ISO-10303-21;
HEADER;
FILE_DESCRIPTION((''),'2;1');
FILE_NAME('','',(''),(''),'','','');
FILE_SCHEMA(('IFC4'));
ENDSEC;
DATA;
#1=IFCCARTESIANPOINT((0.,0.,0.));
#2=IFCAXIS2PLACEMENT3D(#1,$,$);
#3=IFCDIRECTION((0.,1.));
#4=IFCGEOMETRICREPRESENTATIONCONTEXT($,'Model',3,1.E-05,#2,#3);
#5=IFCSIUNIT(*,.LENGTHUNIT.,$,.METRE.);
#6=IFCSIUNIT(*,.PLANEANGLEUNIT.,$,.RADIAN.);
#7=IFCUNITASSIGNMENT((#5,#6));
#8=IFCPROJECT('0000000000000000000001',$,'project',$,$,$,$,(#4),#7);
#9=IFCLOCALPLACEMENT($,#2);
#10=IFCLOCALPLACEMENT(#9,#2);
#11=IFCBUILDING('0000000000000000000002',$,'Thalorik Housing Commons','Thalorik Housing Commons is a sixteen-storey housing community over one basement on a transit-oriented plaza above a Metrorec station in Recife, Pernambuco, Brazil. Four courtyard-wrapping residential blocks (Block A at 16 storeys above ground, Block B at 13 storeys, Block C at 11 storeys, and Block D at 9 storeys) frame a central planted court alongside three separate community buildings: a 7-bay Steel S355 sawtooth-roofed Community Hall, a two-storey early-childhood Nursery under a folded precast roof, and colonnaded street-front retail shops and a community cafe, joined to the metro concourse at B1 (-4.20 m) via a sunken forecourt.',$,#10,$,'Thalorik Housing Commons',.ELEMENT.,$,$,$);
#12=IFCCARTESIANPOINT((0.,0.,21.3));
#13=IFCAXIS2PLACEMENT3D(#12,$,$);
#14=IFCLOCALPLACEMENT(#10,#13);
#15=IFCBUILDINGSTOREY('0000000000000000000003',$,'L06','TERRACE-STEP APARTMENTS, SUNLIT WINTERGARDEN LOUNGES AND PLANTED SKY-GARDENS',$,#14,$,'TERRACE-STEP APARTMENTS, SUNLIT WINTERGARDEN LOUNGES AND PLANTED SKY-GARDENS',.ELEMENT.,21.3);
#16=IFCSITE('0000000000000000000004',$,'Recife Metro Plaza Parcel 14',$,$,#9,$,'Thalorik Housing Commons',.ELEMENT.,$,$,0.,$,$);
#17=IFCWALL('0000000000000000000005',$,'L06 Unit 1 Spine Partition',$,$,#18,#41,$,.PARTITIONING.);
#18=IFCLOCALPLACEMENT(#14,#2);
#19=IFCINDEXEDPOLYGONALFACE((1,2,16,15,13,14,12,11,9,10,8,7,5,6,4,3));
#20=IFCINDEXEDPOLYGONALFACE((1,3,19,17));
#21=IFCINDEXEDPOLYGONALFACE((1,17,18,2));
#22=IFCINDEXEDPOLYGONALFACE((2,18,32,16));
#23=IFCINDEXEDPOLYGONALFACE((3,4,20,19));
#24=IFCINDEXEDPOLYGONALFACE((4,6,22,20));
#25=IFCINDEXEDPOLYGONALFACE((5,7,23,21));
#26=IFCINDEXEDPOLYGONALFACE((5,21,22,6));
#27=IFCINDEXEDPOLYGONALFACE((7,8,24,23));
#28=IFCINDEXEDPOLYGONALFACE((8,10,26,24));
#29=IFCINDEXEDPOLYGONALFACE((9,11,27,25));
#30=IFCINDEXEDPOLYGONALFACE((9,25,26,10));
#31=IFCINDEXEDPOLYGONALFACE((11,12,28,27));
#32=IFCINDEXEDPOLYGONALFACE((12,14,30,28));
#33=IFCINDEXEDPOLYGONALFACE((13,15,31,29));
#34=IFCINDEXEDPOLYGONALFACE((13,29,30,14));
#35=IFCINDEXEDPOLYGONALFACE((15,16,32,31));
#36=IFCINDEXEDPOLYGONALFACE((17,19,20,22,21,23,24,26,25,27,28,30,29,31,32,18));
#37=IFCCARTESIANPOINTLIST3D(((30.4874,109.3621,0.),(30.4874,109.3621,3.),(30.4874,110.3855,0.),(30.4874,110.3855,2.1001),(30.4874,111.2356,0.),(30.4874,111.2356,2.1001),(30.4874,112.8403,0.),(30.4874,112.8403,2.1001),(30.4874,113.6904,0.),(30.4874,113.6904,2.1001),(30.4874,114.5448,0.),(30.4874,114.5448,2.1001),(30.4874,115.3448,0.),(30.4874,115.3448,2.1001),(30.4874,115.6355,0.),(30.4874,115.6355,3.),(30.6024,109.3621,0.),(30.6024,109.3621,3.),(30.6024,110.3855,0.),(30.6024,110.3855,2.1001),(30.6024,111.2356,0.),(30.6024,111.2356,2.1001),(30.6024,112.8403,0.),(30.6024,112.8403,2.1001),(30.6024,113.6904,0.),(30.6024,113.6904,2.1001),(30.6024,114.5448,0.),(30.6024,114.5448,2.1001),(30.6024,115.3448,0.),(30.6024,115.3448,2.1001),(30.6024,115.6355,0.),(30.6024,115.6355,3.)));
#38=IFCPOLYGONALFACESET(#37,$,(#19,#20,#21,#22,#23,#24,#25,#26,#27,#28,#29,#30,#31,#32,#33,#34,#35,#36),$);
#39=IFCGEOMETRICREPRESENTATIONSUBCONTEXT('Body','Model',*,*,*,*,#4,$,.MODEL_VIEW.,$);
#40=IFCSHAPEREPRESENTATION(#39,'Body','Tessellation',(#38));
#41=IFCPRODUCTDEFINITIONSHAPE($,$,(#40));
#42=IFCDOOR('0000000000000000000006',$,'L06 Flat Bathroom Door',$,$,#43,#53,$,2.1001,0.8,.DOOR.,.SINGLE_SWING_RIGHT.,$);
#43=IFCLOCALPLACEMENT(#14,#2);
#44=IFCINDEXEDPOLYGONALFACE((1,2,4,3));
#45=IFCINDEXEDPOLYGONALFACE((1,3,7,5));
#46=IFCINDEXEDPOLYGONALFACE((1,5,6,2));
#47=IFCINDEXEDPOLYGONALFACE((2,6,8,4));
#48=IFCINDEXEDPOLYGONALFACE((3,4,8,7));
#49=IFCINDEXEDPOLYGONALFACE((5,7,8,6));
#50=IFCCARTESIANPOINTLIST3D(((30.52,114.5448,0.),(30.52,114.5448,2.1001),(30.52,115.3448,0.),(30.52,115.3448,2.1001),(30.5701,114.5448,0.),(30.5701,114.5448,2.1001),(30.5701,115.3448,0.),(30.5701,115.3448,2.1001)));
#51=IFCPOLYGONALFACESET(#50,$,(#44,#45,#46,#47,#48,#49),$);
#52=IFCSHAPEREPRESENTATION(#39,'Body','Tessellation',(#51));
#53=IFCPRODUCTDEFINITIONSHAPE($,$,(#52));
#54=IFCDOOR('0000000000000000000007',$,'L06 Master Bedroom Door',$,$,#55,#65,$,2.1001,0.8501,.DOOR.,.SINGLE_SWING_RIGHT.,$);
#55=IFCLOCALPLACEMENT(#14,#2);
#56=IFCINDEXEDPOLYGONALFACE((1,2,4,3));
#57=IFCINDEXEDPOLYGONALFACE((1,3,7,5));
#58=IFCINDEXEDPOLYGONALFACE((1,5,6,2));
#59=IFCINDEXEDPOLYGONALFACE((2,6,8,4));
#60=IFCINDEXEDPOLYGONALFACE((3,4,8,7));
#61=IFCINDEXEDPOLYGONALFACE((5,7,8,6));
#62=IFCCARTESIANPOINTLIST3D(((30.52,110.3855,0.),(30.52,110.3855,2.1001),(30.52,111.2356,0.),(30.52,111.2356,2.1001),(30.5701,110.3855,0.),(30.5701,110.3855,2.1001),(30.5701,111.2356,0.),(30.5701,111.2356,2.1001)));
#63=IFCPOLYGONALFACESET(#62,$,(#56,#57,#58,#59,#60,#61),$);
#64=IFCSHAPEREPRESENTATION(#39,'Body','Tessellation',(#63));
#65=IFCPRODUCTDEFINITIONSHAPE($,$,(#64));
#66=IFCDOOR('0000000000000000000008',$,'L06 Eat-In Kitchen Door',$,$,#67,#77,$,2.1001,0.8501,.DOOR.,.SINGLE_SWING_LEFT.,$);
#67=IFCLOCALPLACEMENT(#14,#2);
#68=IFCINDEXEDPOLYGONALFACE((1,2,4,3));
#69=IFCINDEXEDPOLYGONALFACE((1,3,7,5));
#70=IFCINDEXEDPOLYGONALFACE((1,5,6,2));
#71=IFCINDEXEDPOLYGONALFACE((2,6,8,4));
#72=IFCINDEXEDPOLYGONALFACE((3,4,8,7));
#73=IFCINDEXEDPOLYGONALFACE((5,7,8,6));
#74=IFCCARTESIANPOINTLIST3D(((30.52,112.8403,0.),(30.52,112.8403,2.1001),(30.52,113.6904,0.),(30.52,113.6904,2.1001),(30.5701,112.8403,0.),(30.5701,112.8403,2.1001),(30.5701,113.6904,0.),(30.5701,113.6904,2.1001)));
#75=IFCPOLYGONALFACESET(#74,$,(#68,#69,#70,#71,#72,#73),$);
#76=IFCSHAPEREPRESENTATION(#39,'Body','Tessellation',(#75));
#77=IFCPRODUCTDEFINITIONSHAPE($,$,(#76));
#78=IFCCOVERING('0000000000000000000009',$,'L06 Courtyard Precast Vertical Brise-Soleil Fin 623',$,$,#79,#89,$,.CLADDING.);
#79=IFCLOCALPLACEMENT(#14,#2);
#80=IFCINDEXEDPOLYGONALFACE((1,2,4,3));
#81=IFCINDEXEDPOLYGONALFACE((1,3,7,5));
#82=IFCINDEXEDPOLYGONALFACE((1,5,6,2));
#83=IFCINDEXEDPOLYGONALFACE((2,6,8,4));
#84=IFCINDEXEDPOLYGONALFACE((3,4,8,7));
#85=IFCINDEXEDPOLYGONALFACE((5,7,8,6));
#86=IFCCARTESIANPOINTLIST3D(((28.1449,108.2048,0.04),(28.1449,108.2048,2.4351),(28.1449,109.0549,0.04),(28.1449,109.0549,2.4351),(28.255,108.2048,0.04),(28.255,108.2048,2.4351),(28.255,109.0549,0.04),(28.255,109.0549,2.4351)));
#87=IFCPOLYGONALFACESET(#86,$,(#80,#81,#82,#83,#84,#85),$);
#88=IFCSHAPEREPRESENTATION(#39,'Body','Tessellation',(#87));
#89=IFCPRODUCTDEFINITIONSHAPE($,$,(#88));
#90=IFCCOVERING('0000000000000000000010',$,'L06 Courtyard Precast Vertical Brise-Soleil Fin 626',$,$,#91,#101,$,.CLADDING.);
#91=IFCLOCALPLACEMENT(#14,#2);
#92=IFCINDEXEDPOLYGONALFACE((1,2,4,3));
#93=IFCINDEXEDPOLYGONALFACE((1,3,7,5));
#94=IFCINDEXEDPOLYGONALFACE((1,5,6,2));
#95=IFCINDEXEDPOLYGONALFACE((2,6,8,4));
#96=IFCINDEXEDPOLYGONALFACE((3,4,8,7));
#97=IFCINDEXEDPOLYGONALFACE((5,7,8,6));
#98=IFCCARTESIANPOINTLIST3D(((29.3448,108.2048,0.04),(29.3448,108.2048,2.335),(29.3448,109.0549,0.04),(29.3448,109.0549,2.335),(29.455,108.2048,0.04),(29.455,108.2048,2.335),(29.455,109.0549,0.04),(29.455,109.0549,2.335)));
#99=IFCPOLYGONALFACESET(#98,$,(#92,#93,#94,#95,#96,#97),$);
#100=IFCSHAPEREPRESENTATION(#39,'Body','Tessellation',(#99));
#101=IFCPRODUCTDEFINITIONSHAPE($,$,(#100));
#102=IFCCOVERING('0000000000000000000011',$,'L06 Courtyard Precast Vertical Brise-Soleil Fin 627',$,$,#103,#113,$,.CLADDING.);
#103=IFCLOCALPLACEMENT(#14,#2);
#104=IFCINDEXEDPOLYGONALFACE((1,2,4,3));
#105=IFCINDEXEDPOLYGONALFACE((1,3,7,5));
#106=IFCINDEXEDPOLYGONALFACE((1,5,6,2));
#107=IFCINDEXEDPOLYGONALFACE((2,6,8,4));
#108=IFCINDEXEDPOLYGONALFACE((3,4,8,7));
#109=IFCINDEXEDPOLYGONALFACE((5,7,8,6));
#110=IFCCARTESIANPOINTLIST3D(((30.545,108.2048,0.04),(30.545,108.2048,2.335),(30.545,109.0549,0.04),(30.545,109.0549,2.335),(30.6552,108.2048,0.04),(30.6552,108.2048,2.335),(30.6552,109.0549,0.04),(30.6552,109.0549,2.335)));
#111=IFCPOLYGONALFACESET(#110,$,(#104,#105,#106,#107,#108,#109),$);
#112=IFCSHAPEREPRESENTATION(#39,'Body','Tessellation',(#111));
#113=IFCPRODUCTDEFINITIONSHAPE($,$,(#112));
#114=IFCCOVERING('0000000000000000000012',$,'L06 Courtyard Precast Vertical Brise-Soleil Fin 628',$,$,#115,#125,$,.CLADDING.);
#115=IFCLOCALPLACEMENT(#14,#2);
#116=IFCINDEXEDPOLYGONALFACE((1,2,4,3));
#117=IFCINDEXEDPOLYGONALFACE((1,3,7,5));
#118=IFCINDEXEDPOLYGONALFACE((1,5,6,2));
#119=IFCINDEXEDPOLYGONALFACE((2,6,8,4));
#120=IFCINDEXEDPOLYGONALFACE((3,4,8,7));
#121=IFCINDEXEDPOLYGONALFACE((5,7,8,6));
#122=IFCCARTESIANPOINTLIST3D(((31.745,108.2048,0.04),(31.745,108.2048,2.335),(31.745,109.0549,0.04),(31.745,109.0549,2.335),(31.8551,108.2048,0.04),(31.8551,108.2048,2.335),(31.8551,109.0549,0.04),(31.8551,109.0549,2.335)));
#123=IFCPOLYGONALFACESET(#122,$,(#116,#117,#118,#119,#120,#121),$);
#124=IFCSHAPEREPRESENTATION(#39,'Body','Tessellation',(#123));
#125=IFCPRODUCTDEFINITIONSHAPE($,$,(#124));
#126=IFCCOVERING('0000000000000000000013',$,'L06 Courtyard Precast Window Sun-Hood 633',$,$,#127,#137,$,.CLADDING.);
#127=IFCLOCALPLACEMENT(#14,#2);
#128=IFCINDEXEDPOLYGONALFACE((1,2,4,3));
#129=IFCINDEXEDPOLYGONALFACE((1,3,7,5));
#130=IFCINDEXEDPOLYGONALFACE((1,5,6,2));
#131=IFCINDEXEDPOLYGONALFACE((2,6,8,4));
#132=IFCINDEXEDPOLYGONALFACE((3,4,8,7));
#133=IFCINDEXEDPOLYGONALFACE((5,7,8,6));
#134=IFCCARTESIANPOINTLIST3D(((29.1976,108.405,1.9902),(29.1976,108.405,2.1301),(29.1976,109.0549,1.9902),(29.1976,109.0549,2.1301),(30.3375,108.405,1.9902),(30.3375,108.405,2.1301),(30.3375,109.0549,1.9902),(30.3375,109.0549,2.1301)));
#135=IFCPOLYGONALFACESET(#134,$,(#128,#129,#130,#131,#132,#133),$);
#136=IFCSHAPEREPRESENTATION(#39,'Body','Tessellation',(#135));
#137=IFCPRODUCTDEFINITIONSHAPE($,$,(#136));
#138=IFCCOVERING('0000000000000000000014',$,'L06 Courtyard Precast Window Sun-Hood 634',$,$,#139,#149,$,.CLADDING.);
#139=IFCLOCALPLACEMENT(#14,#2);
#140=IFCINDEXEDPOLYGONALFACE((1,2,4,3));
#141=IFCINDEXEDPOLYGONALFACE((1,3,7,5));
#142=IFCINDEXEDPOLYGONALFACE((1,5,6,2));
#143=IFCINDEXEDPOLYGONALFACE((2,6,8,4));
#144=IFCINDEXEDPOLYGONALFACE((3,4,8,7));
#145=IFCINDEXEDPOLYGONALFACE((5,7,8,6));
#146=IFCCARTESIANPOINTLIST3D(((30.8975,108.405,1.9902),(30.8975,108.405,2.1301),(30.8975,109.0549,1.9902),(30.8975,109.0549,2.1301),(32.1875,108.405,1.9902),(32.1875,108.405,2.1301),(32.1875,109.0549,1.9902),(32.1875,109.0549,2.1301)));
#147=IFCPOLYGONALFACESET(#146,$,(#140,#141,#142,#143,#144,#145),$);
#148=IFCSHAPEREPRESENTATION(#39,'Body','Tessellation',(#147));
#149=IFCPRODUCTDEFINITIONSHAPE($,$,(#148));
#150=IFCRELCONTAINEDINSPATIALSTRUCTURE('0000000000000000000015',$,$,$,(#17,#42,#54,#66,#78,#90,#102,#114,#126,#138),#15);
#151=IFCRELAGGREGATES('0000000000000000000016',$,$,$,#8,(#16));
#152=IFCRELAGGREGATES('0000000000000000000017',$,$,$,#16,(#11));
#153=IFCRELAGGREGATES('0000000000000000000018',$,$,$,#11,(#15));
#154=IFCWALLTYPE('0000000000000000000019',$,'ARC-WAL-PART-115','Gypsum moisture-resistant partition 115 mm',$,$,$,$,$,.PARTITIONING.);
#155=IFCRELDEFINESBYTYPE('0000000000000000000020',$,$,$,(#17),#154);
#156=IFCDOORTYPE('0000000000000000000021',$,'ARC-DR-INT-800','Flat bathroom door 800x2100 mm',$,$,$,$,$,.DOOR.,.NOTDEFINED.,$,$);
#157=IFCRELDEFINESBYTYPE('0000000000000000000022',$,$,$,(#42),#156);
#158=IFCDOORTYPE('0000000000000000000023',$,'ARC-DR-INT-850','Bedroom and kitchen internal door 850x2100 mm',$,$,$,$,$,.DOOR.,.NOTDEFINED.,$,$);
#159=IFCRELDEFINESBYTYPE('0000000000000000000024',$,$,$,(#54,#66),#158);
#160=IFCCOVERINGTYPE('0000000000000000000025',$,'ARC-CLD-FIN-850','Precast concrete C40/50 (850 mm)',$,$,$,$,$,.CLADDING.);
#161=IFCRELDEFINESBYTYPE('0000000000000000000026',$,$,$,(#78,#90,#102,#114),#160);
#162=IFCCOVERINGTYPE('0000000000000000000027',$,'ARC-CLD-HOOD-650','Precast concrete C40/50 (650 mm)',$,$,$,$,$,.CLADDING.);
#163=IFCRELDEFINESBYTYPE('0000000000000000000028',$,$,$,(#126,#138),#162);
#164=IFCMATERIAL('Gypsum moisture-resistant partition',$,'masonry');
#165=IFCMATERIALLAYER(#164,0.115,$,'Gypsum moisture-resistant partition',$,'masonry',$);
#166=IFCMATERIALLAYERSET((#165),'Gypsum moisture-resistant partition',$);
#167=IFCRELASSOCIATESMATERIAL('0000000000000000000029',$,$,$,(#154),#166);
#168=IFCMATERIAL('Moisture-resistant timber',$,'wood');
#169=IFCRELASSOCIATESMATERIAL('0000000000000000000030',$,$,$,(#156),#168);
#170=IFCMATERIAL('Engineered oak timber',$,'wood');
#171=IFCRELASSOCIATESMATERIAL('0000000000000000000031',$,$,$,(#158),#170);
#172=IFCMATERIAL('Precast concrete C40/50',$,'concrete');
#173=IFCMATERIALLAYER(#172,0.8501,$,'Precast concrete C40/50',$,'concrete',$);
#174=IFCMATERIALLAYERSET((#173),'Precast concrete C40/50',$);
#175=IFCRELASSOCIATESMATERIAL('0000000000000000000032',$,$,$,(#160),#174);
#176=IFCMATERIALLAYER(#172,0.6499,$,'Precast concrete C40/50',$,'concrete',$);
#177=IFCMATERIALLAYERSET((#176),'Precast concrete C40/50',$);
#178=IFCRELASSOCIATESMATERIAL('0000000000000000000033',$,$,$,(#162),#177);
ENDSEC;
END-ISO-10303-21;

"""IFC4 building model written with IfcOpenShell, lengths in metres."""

from ifc_helpers import new_model, si_unit, direction, frame, frame_2d, origin, origin_2d, place, context, subcontext, project, spatial, rectangle, extrude, material, layer, layer_set, type_object, element, fill, save


model = new_model("IFC4")

# Units and contexts
model_context = context("Model", 3, precision=1e-05, world=origin(), true_north=direction((0.0, 1.0)))
body_context = subcontext(model_context, "Body", "Model", "MODEL_VIEW")
ifc_project = project(units=[si_unit("LENGTHUNIT", "METRE"), si_unit("PLANEANGLEUNIT", "RADIAN")], contexts=[model_context])

# Site, building, storey
site_placement = place(None, origin())
site = spatial("IfcSite", under=ifc_project, at=site_placement, Name="Recife Metro Plaza Parcel 14", LongName="Thalorik Housing Commons", CompositionType="ELEMENT", RefElevation=0.0)
building_placement = place(site_placement, origin())
building = spatial("IfcBuilding", under=site, at=building_placement, Name="Thalorik Housing Commons", Description="Thalorik Housing Commons is a sixteen-storey housing community over one basement on a transit-oriented plaza above a Metrorec station in Recife, Pernambuco, Brazil. Four courtyard-wrapping residential blocks (Block A at 16 storeys above ground, Block B at 13 storeys, Block C at 11 storeys, and Block D at 9 storeys) frame a central planted court alongside three separate community buildings: a 7-bay Steel S355 sawtooth-roofed Community Hall, a two-storey early-childhood Nursery under a folded precast roof, and colonnaded street-front retail shops and a community cafe, joined to the metro concourse at B1 (-4.20 m) via a sunken forecourt.", LongName="Thalorik Housing Commons", CompositionType="ELEMENT")
storey_placement = place(building_placement, frame((0.0, 0.0, 21.3)))
storey = spatial("IfcBuildingStorey", under=building, at=storey_placement, Name="L06", Description="TERRACE-STEP APARTMENTS, SUNLIT WINTERGARDEN LOUNGES AND PLANTED SKY-GARDENS", LongName="TERRACE-STEP APARTMENTS, SUNLIT WINTERGARDEN LOUNGES AND PLANTED SKY-GARDENS", CompositionType="ELEMENT", Elevation=21.3)

# Shared definitions
ifc_material_1 = material(Name="Precast concrete C40/50", Category="concrete")

# Wall, openings, doors
ifc_material_2 = material(Name="Gypsum moisture-resistant partition", Category="masonry")
ifc_layer_1 = layer(ifc_material_2, 0.115, Name="Gypsum moisture-resistant partition", Category="masonry")
ifc_layer_set_1 = layer_set([ifc_layer_1], Name="Gypsum moisture-resistant partition")
wall_type_1 = type_object("IfcWallType", Name="ARC-WAL-PART-115", Description="Gypsum moisture-resistant partition 115 mm", PredefinedType="PARTITIONING", material=ifc_layer_set_1)
wall_1_placement = place(storey_placement, frame((30.5449, 109.3621, 0.0), z_axis=(0.0, 0.0, 1.0), x_axis=(0.0, 1.0, 0.0)))
wall_1 = element("IfcWall", 1, at=wall_1_placement, inside=storey, type_object=wall_type_1, Name="L06 Unit 1 Spine Partition", PredefinedType="PARTITIONING", context=body_context, shape_type="SweptSolid", body=[
    extrude(rectangle(XDim=6.2734, YDim=0.115, at=frame_2d((3.1367, 0.0))), origin(), (0.0, 0.0, 1.0), 3.0),
])
opening_1_placement = place(wall_1_placement, frame((1.0234, 0.0, 0.0)))
opening_1 = element("IfcOpeningElement", 2, at=opening_1_placement, cuts=wall_1, PredefinedType="OPENING", context=body_context, shape_type="SweptSolid", body=[
    extrude(rectangle(XDim=0.8501, YDim=2.1001, at=frame_2d((0.425, 1.05))), frame((0.0, 0.0674, 0.0), z_axis=(0.0, -1.0, 0.0), x_axis=(1.0, 0.0, 0.0)), (0.0, 0.0, 1.0), 0.135),
])
opening_2_placement = place(wall_1_placement, frame((3.4783, 0.0, 0.0)))
opening_2 = element("IfcOpeningElement", 3, at=opening_2_placement, cuts=wall_1, PredefinedType="OPENING", context=body_context, shape_type="SweptSolid", body=[
    extrude(rectangle(XDim=0.8501, YDim=2.1001, at=frame_2d((0.425, 1.05))), frame((0.0, 0.0674, 0.0), z_axis=(0.0, -1.0, 0.0), x_axis=(1.0, 0.0, 0.0)), (0.0, 0.0, 1.0), 0.135),
])
opening_3_placement = place(wall_1_placement, frame((5.1829, 0.0, 0.0)))
opening_3 = element("IfcOpeningElement", 4, at=opening_3_placement, cuts=wall_1, PredefinedType="OPENING", context=body_context, shape_type="SweptSolid", body=[
    extrude(rectangle(XDim=0.8, YDim=2.1001, at=frame_2d((0.3999, 1.05))), frame((0.0, 0.0674, 0.0), z_axis=(0.0, -1.0, 0.0), x_axis=(1.0, 0.0, 0.0)), (0.0, 0.0, 1.0), 0.135),
])
ifc_material_3 = material(Name="Moisture-resistant timber", Category="wood")
door_type_1 = type_object("IfcDoorType", Name="ARC-DR-INT-800", Description="Flat bathroom door 800x2100 mm", OperationType="NOTDEFINED", PredefinedType="DOOR", material=ifc_material_3)
door_1_placement = place(opening_3_placement, origin())
door_1 = element("IfcDoor", 5, at=door_1_placement, inside=storey, type_object=door_type_1, Name="L06 Flat Bathroom Door", OperationType="SINGLE_SWING_RIGHT", OverallHeight=2.1001, OverallWidth=0.8, PredefinedType="DOOR", context=body_context, shape_type="SweptSolid", body=[
    extrude(rectangle(XDim=0.8, YDim=2.1001, at=frame_2d((0.3999, 1.05))), frame((0.0, 0.0249, 0.0), z_axis=(0.0, -1.0, 0.0), x_axis=(1.0, 0.0, 0.0)), (0.0, 0.0, 1.0), 0.05),
])
fill(opening_3, door_1)
ifc_material_4 = material(Name="Engineered oak timber", Category="wood")
door_type_2 = type_object("IfcDoorType", Name="ARC-DR-INT-850", Description="Bedroom and kitchen internal door 850x2100 mm", OperationType="NOTDEFINED", PredefinedType="DOOR", material=ifc_material_4)
door_2_placement = place(opening_1_placement, origin())
door_2 = element("IfcDoor", 6, at=door_2_placement, inside=storey, type_object=door_type_2, Name="L06 Master Bedroom Door", OperationType="SINGLE_SWING_RIGHT", OverallHeight=2.1001, OverallWidth=0.8501, PredefinedType="DOOR", context=body_context, shape_type="SweptSolid", body=[
    extrude(rectangle(XDim=0.8501, YDim=2.1001, at=frame_2d((0.425, 1.05))), frame((0.0, 0.0249, 0.0), z_axis=(0.0, -1.0, 0.0), x_axis=(1.0, 0.0, 0.0)), (0.0, 0.0, 1.0), 0.05),
])
fill(opening_1, door_2)
door_3_placement = place(opening_2_placement, origin())
door_3 = element("IfcDoor", 7, at=door_3_placement, inside=storey, type_object=door_type_2, Name="L06 Eat-In Kitchen Door", OperationType="SINGLE_SWING_LEFT", OverallHeight=2.1001, OverallWidth=0.8501, PredefinedType="DOOR", context=body_context, shape_type="SweptSolid", body=[
    extrude(rectangle(XDim=0.8501, YDim=2.1001, at=frame_2d((0.425, 1.05))), frame((0.0, 0.0249, 0.0), z_axis=(0.0, -1.0, 0.0), x_axis=(1.0, 0.0, 0.0)), (0.0, 0.0, 1.0), 0.05),
])
fill(opening_2, door_3)

# Coverings
ifc_layer_2 = layer(ifc_material_1, 0.8501, Name="Precast concrete C40/50", Category="concrete")
ifc_layer_set_2 = layer_set([ifc_layer_2], Name="Precast concrete C40/50")
covering_type_1 = type_object("IfcCoveringType", Name="ARC-CLD-FIN-850", Description="Precast concrete C40/50 (850 mm)", PredefinedType="CLADDING", material=ifc_layer_set_2)
covering_1_placement = place(storey_placement, frame((28.2, 108.6299, 0.04), z_axis=(0.0, 0.0, 1.0), x_axis=(1.0, 0.0, 0.0)))
element("IfcCovering", 8, at=covering_1_placement, inside=storey, type_object=covering_type_1, Name="L06 Courtyard Precast Vertical Brise-Soleil Fin 623", PredefinedType="CLADDING", context=body_context, shape_type="SweptSolid", body=[
    extrude(rectangle(XDim=0.1101, YDim=0.8501, at=origin_2d()), origin(), (0.0, 0.0, 1.0), 2.395),
])
for number, where, z_axis, x_axis, name in (
    (9, (29.3999, 108.6299, 0.04), (0.0, 0.0, 1.0), (1.0, 0.0, 0.0), "L06 Courtyard Precast Vertical Brise-Soleil Fin 626"),
    (10, (30.6001, 108.6299, 0.04), (0.0, 0.0, 1.0), (1.0, 0.0, 0.0), "L06 Courtyard Precast Vertical Brise-Soleil Fin 627"),
    (11, (31.8, 108.6299, 0.04), (0.0, 0.0, 1.0), (1.0, 0.0, 0.0), "L06 Courtyard Precast Vertical Brise-Soleil Fin 628"),
):
    element("IfcCovering", number, at=place(storey_placement, frame(where, z_axis=z_axis, x_axis=x_axis)), inside=storey, type_object=covering_type_1, Name=name, PredefinedType="CLADDING", context=body_context, shape_type="SweptSolid", body=[
        extrude(rectangle(XDim=0.1101, YDim=0.8501, at=origin_2d()), origin(), (0.0, 0.0, 1.0), 2.2949),
    ])
ifc_layer_3 = layer(ifc_material_1, 0.6499, Name="Precast concrete C40/50", Category="concrete")
ifc_layer_set_3 = layer_set([ifc_layer_3], Name="Precast concrete C40/50")
covering_type_2 = type_object("IfcCoveringType", Name="ARC-CLD-HOOD-650", Description="Precast concrete C40/50 (650 mm)", PredefinedType="CLADDING", material=ifc_layer_set_3)
covering_2_placement = place(storey_placement, frame((29.7676, 108.73, 1.9902), z_axis=(0.0, 0.0, 1.0), x_axis=(1.0, 0.0, 0.0)))
element("IfcCovering", 12, at=covering_2_placement, inside=storey, type_object=covering_type_2, Name="L06 Courtyard Precast Window Sun-Hood 633", PredefinedType="CLADDING", context=body_context, shape_type="SweptSolid", body=[
    extrude(rectangle(XDim=1.1399, YDim=0.6499, at=origin_2d()), origin(), (0.0, 0.0, 1.0), 0.1399),
])
covering_3_placement = place(storey_placement, frame((31.5425, 108.73, 1.9902), z_axis=(0.0, 0.0, 1.0), x_axis=(1.0, 0.0, 0.0)))
element("IfcCovering", 13, at=covering_3_placement, inside=storey, type_object=covering_type_2, Name="L06 Courtyard Precast Window Sun-Hood 634", PredefinedType="CLADDING", context=body_context, shape_type="SweptSolid", body=[
    extrude(rectangle(XDim=1.29, YDim=0.6499, at=origin_2d()), origin(), (0.0, 0.0, 1.0), 0.1399),
])

save(model, "model.ifc")
